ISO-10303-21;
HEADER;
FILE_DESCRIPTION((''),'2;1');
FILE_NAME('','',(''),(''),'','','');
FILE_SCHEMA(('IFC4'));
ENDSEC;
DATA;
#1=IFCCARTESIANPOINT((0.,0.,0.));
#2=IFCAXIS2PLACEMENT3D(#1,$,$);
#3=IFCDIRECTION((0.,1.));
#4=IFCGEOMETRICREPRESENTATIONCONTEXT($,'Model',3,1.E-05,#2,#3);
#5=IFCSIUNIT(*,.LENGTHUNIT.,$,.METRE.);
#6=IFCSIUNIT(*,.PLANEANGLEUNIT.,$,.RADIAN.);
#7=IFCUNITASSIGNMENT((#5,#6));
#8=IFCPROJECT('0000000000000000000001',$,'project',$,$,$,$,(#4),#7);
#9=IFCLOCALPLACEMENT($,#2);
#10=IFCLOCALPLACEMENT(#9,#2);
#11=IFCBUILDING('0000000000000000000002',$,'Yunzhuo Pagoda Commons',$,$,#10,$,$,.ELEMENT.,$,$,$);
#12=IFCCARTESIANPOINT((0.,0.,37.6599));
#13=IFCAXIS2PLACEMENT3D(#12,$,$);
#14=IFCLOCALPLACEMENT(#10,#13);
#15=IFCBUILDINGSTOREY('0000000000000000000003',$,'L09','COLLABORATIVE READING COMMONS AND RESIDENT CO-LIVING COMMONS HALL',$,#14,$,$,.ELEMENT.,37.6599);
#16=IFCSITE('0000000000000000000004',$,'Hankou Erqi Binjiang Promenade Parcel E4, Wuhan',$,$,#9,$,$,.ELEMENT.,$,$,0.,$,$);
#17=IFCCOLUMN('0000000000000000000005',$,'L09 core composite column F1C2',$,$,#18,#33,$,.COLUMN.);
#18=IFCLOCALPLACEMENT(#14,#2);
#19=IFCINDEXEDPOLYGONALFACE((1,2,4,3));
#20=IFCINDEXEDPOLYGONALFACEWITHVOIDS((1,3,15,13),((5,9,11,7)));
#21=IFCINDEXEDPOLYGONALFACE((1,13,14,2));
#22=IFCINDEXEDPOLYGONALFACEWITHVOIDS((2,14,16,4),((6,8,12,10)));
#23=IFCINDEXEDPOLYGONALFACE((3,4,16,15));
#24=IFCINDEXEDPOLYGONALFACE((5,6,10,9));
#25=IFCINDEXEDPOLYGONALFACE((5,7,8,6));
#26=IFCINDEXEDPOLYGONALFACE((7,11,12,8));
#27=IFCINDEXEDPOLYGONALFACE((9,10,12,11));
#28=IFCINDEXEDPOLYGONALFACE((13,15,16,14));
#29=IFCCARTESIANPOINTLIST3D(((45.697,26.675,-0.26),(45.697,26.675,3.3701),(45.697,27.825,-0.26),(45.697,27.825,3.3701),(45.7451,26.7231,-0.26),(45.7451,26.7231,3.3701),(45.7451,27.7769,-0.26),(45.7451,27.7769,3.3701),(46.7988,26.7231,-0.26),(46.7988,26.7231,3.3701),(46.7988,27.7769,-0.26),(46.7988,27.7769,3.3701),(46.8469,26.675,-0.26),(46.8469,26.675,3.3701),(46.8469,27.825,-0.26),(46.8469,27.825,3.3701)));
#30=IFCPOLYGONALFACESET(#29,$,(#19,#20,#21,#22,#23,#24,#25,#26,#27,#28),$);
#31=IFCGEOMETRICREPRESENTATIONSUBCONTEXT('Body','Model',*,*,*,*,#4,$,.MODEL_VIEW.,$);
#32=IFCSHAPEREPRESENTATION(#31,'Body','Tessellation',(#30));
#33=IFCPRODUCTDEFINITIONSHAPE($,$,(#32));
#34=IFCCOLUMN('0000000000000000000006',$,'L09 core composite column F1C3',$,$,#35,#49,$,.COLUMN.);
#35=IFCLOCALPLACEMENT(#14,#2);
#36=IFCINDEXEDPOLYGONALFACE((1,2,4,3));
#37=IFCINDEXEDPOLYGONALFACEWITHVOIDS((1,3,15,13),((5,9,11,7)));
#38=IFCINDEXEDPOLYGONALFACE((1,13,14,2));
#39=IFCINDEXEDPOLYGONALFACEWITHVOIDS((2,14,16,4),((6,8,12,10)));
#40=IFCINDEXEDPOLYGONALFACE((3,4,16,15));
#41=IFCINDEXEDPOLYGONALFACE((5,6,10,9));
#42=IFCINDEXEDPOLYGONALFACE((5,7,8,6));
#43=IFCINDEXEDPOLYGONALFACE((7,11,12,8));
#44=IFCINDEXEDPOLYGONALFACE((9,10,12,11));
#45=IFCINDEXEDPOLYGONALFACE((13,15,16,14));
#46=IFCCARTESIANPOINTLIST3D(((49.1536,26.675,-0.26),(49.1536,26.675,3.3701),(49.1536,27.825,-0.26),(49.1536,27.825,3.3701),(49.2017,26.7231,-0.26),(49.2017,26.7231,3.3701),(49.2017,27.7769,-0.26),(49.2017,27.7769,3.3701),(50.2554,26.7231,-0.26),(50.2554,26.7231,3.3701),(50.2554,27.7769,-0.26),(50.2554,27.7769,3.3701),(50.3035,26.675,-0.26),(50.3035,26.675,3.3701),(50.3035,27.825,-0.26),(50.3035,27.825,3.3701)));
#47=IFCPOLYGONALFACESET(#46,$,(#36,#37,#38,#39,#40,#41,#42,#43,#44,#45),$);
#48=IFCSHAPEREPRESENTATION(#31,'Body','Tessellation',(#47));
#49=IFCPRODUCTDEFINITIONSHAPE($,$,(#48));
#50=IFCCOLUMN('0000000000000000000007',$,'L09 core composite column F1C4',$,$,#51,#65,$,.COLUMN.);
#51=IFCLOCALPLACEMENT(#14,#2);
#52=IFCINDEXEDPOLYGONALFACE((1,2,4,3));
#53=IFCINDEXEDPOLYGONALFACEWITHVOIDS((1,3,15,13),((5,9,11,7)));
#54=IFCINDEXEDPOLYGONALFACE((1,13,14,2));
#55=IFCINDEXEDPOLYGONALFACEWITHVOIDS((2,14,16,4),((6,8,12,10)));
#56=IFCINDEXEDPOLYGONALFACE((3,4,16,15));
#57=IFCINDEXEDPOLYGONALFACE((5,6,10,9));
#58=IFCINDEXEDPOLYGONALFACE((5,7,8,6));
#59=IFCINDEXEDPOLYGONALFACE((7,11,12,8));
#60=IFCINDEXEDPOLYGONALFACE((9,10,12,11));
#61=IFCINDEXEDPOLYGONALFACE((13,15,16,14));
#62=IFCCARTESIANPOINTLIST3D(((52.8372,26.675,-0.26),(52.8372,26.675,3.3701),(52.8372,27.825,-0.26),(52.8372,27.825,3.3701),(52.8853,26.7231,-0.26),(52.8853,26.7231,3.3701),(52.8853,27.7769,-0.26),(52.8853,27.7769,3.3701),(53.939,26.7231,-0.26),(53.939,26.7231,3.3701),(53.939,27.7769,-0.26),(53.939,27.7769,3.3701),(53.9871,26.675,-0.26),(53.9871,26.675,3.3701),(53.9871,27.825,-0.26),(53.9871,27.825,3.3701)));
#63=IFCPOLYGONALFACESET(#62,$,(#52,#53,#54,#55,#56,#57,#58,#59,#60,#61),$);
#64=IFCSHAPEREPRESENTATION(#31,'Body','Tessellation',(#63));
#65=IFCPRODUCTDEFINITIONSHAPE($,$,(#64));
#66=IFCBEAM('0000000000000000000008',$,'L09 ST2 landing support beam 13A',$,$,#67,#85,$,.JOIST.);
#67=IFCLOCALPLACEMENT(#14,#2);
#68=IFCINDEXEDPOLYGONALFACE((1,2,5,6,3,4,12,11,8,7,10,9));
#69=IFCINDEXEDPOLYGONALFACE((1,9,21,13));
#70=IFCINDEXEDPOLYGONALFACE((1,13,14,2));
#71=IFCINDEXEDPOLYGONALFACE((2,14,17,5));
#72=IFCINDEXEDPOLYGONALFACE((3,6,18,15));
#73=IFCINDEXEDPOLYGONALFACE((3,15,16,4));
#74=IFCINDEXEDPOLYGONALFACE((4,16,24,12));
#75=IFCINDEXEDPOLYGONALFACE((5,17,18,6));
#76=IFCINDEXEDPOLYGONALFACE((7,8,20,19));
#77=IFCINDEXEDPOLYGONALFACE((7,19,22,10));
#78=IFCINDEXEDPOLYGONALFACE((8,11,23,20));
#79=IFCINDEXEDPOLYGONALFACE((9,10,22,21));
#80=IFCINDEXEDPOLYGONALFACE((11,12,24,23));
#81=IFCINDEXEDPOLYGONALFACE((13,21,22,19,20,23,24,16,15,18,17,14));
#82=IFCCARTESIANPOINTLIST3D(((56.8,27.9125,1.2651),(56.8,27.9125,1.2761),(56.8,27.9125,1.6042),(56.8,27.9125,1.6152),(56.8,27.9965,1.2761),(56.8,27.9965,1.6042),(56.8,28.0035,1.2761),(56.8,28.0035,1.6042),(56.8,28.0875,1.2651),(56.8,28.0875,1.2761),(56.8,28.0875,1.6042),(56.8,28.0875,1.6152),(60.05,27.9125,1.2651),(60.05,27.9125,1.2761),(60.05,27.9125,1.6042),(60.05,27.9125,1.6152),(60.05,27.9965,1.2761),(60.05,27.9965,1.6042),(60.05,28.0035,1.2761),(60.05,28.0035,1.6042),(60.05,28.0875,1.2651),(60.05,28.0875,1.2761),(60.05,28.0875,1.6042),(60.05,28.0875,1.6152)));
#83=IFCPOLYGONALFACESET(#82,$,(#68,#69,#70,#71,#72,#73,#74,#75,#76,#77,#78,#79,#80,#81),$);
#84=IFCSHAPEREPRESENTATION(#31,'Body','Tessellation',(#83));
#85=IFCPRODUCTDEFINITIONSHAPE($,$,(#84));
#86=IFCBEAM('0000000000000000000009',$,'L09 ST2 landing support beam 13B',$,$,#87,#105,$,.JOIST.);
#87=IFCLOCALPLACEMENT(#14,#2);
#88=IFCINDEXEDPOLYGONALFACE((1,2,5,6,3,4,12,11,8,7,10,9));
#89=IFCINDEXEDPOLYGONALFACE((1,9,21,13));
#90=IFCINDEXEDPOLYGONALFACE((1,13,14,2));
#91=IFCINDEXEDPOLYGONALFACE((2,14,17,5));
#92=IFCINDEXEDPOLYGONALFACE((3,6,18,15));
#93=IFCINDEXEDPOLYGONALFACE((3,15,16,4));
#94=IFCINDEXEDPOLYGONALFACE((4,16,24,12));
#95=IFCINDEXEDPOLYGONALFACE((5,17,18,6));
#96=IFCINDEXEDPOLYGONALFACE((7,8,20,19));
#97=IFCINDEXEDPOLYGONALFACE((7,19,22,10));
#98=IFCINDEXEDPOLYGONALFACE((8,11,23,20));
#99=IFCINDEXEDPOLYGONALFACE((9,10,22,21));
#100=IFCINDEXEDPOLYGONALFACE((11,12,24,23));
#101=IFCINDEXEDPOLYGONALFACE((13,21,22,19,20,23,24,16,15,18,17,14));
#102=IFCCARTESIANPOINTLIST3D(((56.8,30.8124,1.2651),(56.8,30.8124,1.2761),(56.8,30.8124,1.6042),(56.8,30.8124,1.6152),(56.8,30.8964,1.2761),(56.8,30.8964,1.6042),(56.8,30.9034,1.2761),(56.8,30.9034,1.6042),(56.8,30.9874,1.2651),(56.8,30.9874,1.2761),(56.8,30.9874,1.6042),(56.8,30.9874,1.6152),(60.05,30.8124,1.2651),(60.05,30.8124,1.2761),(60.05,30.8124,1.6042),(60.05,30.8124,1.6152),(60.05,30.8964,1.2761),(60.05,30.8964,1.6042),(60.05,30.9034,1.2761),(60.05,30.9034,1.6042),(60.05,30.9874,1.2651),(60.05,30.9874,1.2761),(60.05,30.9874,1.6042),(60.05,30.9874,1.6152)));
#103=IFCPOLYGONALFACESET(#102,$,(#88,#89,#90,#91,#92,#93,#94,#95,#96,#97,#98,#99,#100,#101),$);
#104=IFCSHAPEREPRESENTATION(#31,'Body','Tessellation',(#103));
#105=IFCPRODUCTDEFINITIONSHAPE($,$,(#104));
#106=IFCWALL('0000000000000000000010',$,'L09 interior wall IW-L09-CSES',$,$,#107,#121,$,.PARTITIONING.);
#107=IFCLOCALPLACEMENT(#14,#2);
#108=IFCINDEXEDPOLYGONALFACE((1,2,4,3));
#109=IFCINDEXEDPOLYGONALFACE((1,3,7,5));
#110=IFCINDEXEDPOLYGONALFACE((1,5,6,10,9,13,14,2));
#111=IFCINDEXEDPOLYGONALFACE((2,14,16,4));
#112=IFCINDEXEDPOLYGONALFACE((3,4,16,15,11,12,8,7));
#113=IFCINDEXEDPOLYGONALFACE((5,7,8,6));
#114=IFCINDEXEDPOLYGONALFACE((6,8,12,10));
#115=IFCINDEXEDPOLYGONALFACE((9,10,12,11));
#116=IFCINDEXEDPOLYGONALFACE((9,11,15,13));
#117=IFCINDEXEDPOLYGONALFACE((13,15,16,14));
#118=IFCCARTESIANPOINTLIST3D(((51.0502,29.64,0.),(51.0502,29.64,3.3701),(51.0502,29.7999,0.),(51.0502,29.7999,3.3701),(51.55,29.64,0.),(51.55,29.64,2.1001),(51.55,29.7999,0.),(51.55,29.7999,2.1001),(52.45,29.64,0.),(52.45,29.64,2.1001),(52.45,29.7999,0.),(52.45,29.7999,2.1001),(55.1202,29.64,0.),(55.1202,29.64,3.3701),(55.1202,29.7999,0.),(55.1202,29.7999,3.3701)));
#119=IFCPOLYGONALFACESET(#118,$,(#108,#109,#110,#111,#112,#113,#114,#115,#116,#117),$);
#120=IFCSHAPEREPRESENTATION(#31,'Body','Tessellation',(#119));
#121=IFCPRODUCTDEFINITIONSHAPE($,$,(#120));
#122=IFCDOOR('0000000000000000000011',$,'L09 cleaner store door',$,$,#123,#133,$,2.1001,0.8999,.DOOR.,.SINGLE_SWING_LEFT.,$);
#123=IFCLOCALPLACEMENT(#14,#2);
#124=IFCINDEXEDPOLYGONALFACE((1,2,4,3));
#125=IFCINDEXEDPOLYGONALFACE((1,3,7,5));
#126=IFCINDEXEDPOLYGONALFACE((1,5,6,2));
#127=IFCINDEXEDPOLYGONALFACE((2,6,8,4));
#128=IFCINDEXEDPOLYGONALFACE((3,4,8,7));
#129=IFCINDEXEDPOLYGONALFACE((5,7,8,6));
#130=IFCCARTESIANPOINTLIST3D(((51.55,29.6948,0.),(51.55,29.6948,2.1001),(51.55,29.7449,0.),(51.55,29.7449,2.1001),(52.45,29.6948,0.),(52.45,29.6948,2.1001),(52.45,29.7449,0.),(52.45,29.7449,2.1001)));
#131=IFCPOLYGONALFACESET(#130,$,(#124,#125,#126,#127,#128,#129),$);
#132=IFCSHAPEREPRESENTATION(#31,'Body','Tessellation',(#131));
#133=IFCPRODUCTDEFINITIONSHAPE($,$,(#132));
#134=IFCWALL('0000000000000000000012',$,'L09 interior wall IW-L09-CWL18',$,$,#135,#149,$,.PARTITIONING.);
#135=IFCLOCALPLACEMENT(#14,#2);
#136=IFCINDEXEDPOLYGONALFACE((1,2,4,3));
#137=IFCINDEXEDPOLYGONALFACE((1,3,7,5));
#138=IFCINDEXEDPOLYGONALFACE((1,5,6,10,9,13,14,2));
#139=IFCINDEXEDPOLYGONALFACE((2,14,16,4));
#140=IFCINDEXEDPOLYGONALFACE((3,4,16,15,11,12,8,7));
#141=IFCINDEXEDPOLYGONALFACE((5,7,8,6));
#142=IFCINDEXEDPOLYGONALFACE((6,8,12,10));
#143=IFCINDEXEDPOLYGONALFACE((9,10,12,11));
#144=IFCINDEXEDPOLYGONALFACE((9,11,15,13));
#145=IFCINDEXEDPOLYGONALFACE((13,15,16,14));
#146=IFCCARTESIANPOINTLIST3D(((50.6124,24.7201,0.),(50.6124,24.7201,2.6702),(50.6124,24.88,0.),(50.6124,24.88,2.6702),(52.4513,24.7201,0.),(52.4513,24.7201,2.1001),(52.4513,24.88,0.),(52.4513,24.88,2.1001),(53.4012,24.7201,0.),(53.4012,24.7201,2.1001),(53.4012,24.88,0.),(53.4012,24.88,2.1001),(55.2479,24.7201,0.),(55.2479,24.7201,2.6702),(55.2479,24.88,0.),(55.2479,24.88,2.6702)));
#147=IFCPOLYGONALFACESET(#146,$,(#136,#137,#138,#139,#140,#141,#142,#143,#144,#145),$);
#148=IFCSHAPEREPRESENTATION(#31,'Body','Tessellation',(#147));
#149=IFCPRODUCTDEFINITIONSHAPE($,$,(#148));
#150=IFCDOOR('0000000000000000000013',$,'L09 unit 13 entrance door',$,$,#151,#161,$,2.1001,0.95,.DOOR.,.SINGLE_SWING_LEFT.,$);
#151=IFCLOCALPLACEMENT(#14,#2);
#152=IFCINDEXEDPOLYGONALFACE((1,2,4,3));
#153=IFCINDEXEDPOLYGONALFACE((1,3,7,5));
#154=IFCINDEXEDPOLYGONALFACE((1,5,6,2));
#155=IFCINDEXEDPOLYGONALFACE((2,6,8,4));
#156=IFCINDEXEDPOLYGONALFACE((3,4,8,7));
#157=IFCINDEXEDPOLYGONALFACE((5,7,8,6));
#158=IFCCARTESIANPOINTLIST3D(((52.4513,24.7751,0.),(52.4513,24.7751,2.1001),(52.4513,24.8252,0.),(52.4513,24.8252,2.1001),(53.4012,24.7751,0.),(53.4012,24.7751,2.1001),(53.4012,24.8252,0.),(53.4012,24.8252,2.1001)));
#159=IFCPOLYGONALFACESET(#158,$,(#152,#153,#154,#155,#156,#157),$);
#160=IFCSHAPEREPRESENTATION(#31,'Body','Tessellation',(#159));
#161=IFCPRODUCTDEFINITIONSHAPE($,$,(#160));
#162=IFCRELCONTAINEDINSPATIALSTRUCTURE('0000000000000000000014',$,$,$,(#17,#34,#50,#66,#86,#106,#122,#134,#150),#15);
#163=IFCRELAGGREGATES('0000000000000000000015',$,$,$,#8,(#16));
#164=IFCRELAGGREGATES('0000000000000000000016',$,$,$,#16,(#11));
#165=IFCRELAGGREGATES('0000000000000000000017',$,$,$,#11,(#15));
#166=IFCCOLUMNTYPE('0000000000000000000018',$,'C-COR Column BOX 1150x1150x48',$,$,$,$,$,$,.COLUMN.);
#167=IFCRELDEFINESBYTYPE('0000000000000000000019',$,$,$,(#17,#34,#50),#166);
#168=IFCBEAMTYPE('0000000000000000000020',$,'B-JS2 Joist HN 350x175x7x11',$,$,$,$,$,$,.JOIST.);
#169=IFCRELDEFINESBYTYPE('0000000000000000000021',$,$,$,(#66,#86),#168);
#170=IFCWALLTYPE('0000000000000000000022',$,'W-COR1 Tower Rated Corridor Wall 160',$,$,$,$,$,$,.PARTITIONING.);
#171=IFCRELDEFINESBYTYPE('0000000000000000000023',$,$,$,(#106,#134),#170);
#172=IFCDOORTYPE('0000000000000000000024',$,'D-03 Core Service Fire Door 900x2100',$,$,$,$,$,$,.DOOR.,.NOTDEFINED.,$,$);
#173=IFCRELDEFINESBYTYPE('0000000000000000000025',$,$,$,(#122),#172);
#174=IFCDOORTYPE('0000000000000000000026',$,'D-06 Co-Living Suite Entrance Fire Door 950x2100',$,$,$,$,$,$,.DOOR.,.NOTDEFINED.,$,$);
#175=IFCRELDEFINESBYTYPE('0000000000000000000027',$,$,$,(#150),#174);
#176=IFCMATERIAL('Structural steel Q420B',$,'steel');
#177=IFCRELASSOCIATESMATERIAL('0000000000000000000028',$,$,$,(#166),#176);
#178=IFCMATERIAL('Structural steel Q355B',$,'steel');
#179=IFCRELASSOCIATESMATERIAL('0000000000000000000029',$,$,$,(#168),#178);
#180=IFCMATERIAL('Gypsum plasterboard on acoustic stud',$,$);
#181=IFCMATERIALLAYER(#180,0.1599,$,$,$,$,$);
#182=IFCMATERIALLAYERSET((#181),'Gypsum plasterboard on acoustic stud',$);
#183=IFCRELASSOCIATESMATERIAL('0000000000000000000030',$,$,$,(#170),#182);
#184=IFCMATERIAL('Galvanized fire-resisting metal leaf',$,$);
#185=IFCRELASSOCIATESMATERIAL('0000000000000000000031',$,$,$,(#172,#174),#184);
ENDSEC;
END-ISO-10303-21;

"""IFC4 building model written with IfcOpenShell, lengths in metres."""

from ifc_helpers import new_model, si_unit, direction, frame, frame_2d, origin, origin_with_axes, origin_2d, place, context, subcontext, project, spatial, rectangle, hollow_rectangle, i_section, extrude, source, transform, mapped, material, layer, layer_set, material_profile, profile_set, type_object, element, fill, save


model = new_model("IFC4")

# Units and contexts
model_context = context("Model", 3, precision=1e-05, world=origin(), true_north=direction((0.0, 1.0)))
body_context = subcontext(model_context, "Body", "Model", "MODEL_VIEW")
ifc_project = project(units=[si_unit("LENGTHUNIT", "METRE"), si_unit("PLANEANGLEUNIT", "RADIAN")], contexts=[model_context])

# Site, building, storey
site_placement = place(None, origin())
site = spatial("IfcSite", under=ifc_project, at=site_placement, Name="Hankou Erqi Binjiang Promenade Parcel E4, Wuhan", CompositionType="ELEMENT", RefElevation=0.0)
building_placement = place(site_placement, origin())
building = spatial("IfcBuilding", under=site, at=building_placement, Name="Yunzhuo Pagoda Commons", CompositionType="ELEMENT")
storey_placement = place(building_placement, frame((0.0, 0.0, 37.6599)))
storey = spatial("IfcBuildingStorey", under=building, at=storey_placement, Name="L09", Description="COLLABORATIVE READING COMMONS AND RESIDENT CO-LIVING COMMONS HALL", CompositionType="ELEMENT", Elevation=37.6599)

# Columns
ifc_material_1 = material(Name="Structural steel Q420B", Category="steel")
ifc_material_profile_1 = material_profile(ifc_material_1, hollow_rectangle(XDim=1.1499, YDim=1.1499, WallThickness=0.0481, at=origin_2d()), Name="Structural steel Q420B")
ifc_profile_set_1 = profile_set([ifc_material_profile_1], Name="Structural steel Q420B")
column_type = type_object("IfcColumnType", Name="C-COR Column BOX 1150x1150x48", PredefinedType="COLUMN", material=ifc_profile_set_1)
shared_shape_1 = source(origin(), body_context, "Body", "SweptSolid", [
    extrude(hollow_rectangle(XDim=1.1499, YDim=1.1499, WallThickness=0.0481, at=origin_2d()), origin(), (0.0, 0.0, 1.0), 3.6301),
])
for number, where, z_axis, x_axis, name in (
    (1, (46.272, 27.25, -0.26), (0.0, 0.0, 1.0), (1.0, 0.0, 0.0), "L09 core composite column F1C2"),
    (2, (49.7285, 27.25, -0.26), (0.0, 0.0, 1.0), (1.0, 0.0, 0.0), "L09 core composite column F1C3"),
    (3, (53.4121, 27.25, -0.26), (0.0, 0.0, 1.0), (1.0, 0.0, 0.0), "L09 core composite column F1C4"),
):
    element("IfcColumn", number, at=place(storey_placement, frame(where, z_axis=z_axis, x_axis=x_axis)), inside=storey, type_object=column_type, Name=name, PredefinedType="COLUMN", context=body_context, shape_type="MappedRepresentation", body=[
        mapped(shared_shape_1, transform((0.0, 0.0, 0.0), scale=1.0)),
    ])

# Beams
ifc_material_2 = material(Name="Structural steel Q355B", Category="steel")
ifc_material_profile_2 = material_profile(ifc_material_2, i_section(OverallWidth=0.175, OverallDepth=0.3501, WebThickness=0.0071, FlangeThickness=0.011, at=origin_2d()), Name="Structural steel Q355B")
ifc_profile_set_2 = profile_set([ifc_material_profile_2], Name="Structural steel Q355B")
beam_type = type_object("IfcBeamType", Name="B-JS2 Joist HN 350x175x7x11", PredefinedType="JOIST", material=ifc_profile_set_2)
shared_shape_2 = source(origin(), body_context, "Body", "SweptSolid", [
    extrude(i_section(OverallWidth=0.175, OverallDepth=0.3501, WebThickness=0.0071, FlangeThickness=0.011, at=origin_2d()), origin(), (0.0, 0.0, 1.0), 3.25),
])
for number, where, z_axis, x_axis, name in (
    (4, (56.8, 28.0, 1.4402), (1.0, 0.0, 0.0), (0.0, 1.0, 0.0), "L09 ST2 landing support beam 13A"),
    (5, (56.8, 30.8999, 1.4402), (1.0, 0.0, 0.0), (0.0, 1.0, 0.0), "L09 ST2 landing support beam 13B"),
):
    element("IfcBeam", number, at=place(storey_placement, frame(where, z_axis=z_axis, x_axis=x_axis)), inside=storey, type_object=beam_type, Name=name, PredefinedType="JOIST", context=body_context, shape_type="MappedRepresentation", body=[
        mapped(shared_shape_2, transform((0.0, 0.0, 0.0), scale=1.0)),
    ])

# Walls, openings, doors
ifc_material_3 = material(Name="Gypsum plasterboard on acoustic stud")
ifc_layer_1 = layer(ifc_material_3, 0.1599)
ifc_layer_set_1 = layer_set([ifc_layer_1], Name="Gypsum plasterboard on acoustic stud")
wall_type_1 = type_object("IfcWallType", Name="W-COR1 Tower Rated Corridor Wall 160", PredefinedType="PARTITIONING", material=ifc_layer_set_1)
wall_1_placement = place(storey_placement, frame((51.05, 29.72, 0.0), z_axis=(0.0, 0.0, 1.0), x_axis=(1.0, 0.0, 0.0)))
wall_1 = element("IfcWall", 6, at=wall_1_placement, inside=storey, type_object=wall_type_1, Name="L09 interior wall IW-L09-CSES", PredefinedType="PARTITIONING", context=body_context, shape_type="SweptSolid", body=[
    extrude(rectangle(XDim=4.0701, YDim=0.1599, at=frame_2d((2.0352, 0.0))), origin(), (0.0, 0.0, 1.0), 3.3701),
])
opening_1_placement = place(wall_1_placement, frame((0.5, 0.0, 0.0)))
opening_1 = element("IfcOpeningElement", 7, at=opening_1_placement, cuts=wall_1, PredefinedType="OPENING", context=body_context, shape_type="SweptSolid", body=[
    extrude(rectangle(XDim=0.8999, YDim=2.1001, at=frame_2d((0.45, 1.05))), frame((0.0, 0.0898, 0.0), z_axis=(0.0, -1.0, 0.0), x_axis=(1.0, 0.0, 0.0)), (0.0, 0.0, 1.0), 0.1799),
])
ifc_material_4 = material(Name="Galvanized fire-resisting metal leaf")
door_type_1 = type_object("IfcDoorType", Name="D-03 Core Service Fire Door 900x2100", OperationType="NOTDEFINED", PredefinedType="DOOR", material=ifc_material_4)
shared_shape_3 = source(origin(), body_context, "Body", "SweptSolid", [
    extrude(rectangle(XDim=0.8999, YDim=2.1001, at=frame_2d((0.45, 1.05))), frame((0.0, 0.0249, 0.0), z_axis=(0.0, -1.0, 0.0), x_axis=(1.0, 0.0, 0.0)), (0.0, 0.0, 1.0), 0.05),
])
door_1_placement = place(opening_1_placement, origin_with_axes())
door_1 = element("IfcDoor", 8, at=door_1_placement, inside=storey, type_object=door_type_1, Name="L09 cleaner store door", OperationType="SINGLE_SWING_LEFT", OverallHeight=2.1001, OverallWidth=0.8999, PredefinedType="DOOR", context=body_context, shape_type="MappedRepresentation", body=[
    mapped(shared_shape_3, transform((0.0, 0.0, 0.0), scale=1.0)),
])
fill(opening_1, door_1)
wall_2_placement = place(storey_placement, frame((55.248, 24.8, 0.0), z_axis=(0.0, 0.0, 1.0), x_axis=(-1.0, 0.0, 0.0)))
wall_2 = element("IfcWall", 9, at=wall_2_placement, inside=storey, type_object=wall_type_1, Name="L09 interior wall IW-L09-CWL18", PredefinedType="PARTITIONING", context=body_context, shape_type="SweptSolid", body=[
    extrude(rectangle(XDim=4.6355, YDim=0.1599, at=frame_2d((2.3179, 0.0))), origin(), (0.0, 0.0, 1.0), 2.6702),
])
opening_2_placement = place(wall_2_placement, frame((1.8467, 0.0, 0.0)))
opening_2 = element("IfcOpeningElement", 10, at=opening_2_placement, cuts=wall_2, PredefinedType="OPENING", context=body_context, shape_type="SweptSolid", body=[
    extrude(rectangle(XDim=0.95, YDim=2.1001, at=frame_2d((0.4751, 1.05))), frame((0.0, 0.0898, 0.0), z_axis=(0.0, -1.0, 0.0), x_axis=(1.0, 0.0, 0.0)), (0.0, 0.0, 1.0), 0.1799),
])
door_type_2 = type_object("IfcDoorType", Name="D-06 Co-Living Suite Entrance Fire Door 950x2100", OperationType="NOTDEFINED", PredefinedType="DOOR", material=ifc_material_4)
shared_shape_4 = source(origin(), body_context, "Body", "SweptSolid", [
    extrude(rectangle(XDim=0.95, YDim=2.1001, at=frame_2d((0.4751, 1.05))), frame((0.0, 0.0249, 0.0), z_axis=(0.0, -1.0, 0.0), x_axis=(1.0, 0.0, 0.0)), (0.0, 0.0, 1.0), 0.05),
])
door_2_placement = place(opening_2_placement, origin_with_axes())
door_2 = element("IfcDoor", 11, at=door_2_placement, inside=storey, type_object=door_type_2, Name="L09 unit 13 entrance door", OperationType="SINGLE_SWING_LEFT", OverallHeight=2.1001, OverallWidth=0.95, PredefinedType="DOOR", context=body_context, shape_type="MappedRepresentation", body=[
    mapped(shared_shape_4, transform((0.0, 0.0, 0.0), scale=1.0)),
])
fill(opening_2, door_2)

save(model, "model.ifc")
